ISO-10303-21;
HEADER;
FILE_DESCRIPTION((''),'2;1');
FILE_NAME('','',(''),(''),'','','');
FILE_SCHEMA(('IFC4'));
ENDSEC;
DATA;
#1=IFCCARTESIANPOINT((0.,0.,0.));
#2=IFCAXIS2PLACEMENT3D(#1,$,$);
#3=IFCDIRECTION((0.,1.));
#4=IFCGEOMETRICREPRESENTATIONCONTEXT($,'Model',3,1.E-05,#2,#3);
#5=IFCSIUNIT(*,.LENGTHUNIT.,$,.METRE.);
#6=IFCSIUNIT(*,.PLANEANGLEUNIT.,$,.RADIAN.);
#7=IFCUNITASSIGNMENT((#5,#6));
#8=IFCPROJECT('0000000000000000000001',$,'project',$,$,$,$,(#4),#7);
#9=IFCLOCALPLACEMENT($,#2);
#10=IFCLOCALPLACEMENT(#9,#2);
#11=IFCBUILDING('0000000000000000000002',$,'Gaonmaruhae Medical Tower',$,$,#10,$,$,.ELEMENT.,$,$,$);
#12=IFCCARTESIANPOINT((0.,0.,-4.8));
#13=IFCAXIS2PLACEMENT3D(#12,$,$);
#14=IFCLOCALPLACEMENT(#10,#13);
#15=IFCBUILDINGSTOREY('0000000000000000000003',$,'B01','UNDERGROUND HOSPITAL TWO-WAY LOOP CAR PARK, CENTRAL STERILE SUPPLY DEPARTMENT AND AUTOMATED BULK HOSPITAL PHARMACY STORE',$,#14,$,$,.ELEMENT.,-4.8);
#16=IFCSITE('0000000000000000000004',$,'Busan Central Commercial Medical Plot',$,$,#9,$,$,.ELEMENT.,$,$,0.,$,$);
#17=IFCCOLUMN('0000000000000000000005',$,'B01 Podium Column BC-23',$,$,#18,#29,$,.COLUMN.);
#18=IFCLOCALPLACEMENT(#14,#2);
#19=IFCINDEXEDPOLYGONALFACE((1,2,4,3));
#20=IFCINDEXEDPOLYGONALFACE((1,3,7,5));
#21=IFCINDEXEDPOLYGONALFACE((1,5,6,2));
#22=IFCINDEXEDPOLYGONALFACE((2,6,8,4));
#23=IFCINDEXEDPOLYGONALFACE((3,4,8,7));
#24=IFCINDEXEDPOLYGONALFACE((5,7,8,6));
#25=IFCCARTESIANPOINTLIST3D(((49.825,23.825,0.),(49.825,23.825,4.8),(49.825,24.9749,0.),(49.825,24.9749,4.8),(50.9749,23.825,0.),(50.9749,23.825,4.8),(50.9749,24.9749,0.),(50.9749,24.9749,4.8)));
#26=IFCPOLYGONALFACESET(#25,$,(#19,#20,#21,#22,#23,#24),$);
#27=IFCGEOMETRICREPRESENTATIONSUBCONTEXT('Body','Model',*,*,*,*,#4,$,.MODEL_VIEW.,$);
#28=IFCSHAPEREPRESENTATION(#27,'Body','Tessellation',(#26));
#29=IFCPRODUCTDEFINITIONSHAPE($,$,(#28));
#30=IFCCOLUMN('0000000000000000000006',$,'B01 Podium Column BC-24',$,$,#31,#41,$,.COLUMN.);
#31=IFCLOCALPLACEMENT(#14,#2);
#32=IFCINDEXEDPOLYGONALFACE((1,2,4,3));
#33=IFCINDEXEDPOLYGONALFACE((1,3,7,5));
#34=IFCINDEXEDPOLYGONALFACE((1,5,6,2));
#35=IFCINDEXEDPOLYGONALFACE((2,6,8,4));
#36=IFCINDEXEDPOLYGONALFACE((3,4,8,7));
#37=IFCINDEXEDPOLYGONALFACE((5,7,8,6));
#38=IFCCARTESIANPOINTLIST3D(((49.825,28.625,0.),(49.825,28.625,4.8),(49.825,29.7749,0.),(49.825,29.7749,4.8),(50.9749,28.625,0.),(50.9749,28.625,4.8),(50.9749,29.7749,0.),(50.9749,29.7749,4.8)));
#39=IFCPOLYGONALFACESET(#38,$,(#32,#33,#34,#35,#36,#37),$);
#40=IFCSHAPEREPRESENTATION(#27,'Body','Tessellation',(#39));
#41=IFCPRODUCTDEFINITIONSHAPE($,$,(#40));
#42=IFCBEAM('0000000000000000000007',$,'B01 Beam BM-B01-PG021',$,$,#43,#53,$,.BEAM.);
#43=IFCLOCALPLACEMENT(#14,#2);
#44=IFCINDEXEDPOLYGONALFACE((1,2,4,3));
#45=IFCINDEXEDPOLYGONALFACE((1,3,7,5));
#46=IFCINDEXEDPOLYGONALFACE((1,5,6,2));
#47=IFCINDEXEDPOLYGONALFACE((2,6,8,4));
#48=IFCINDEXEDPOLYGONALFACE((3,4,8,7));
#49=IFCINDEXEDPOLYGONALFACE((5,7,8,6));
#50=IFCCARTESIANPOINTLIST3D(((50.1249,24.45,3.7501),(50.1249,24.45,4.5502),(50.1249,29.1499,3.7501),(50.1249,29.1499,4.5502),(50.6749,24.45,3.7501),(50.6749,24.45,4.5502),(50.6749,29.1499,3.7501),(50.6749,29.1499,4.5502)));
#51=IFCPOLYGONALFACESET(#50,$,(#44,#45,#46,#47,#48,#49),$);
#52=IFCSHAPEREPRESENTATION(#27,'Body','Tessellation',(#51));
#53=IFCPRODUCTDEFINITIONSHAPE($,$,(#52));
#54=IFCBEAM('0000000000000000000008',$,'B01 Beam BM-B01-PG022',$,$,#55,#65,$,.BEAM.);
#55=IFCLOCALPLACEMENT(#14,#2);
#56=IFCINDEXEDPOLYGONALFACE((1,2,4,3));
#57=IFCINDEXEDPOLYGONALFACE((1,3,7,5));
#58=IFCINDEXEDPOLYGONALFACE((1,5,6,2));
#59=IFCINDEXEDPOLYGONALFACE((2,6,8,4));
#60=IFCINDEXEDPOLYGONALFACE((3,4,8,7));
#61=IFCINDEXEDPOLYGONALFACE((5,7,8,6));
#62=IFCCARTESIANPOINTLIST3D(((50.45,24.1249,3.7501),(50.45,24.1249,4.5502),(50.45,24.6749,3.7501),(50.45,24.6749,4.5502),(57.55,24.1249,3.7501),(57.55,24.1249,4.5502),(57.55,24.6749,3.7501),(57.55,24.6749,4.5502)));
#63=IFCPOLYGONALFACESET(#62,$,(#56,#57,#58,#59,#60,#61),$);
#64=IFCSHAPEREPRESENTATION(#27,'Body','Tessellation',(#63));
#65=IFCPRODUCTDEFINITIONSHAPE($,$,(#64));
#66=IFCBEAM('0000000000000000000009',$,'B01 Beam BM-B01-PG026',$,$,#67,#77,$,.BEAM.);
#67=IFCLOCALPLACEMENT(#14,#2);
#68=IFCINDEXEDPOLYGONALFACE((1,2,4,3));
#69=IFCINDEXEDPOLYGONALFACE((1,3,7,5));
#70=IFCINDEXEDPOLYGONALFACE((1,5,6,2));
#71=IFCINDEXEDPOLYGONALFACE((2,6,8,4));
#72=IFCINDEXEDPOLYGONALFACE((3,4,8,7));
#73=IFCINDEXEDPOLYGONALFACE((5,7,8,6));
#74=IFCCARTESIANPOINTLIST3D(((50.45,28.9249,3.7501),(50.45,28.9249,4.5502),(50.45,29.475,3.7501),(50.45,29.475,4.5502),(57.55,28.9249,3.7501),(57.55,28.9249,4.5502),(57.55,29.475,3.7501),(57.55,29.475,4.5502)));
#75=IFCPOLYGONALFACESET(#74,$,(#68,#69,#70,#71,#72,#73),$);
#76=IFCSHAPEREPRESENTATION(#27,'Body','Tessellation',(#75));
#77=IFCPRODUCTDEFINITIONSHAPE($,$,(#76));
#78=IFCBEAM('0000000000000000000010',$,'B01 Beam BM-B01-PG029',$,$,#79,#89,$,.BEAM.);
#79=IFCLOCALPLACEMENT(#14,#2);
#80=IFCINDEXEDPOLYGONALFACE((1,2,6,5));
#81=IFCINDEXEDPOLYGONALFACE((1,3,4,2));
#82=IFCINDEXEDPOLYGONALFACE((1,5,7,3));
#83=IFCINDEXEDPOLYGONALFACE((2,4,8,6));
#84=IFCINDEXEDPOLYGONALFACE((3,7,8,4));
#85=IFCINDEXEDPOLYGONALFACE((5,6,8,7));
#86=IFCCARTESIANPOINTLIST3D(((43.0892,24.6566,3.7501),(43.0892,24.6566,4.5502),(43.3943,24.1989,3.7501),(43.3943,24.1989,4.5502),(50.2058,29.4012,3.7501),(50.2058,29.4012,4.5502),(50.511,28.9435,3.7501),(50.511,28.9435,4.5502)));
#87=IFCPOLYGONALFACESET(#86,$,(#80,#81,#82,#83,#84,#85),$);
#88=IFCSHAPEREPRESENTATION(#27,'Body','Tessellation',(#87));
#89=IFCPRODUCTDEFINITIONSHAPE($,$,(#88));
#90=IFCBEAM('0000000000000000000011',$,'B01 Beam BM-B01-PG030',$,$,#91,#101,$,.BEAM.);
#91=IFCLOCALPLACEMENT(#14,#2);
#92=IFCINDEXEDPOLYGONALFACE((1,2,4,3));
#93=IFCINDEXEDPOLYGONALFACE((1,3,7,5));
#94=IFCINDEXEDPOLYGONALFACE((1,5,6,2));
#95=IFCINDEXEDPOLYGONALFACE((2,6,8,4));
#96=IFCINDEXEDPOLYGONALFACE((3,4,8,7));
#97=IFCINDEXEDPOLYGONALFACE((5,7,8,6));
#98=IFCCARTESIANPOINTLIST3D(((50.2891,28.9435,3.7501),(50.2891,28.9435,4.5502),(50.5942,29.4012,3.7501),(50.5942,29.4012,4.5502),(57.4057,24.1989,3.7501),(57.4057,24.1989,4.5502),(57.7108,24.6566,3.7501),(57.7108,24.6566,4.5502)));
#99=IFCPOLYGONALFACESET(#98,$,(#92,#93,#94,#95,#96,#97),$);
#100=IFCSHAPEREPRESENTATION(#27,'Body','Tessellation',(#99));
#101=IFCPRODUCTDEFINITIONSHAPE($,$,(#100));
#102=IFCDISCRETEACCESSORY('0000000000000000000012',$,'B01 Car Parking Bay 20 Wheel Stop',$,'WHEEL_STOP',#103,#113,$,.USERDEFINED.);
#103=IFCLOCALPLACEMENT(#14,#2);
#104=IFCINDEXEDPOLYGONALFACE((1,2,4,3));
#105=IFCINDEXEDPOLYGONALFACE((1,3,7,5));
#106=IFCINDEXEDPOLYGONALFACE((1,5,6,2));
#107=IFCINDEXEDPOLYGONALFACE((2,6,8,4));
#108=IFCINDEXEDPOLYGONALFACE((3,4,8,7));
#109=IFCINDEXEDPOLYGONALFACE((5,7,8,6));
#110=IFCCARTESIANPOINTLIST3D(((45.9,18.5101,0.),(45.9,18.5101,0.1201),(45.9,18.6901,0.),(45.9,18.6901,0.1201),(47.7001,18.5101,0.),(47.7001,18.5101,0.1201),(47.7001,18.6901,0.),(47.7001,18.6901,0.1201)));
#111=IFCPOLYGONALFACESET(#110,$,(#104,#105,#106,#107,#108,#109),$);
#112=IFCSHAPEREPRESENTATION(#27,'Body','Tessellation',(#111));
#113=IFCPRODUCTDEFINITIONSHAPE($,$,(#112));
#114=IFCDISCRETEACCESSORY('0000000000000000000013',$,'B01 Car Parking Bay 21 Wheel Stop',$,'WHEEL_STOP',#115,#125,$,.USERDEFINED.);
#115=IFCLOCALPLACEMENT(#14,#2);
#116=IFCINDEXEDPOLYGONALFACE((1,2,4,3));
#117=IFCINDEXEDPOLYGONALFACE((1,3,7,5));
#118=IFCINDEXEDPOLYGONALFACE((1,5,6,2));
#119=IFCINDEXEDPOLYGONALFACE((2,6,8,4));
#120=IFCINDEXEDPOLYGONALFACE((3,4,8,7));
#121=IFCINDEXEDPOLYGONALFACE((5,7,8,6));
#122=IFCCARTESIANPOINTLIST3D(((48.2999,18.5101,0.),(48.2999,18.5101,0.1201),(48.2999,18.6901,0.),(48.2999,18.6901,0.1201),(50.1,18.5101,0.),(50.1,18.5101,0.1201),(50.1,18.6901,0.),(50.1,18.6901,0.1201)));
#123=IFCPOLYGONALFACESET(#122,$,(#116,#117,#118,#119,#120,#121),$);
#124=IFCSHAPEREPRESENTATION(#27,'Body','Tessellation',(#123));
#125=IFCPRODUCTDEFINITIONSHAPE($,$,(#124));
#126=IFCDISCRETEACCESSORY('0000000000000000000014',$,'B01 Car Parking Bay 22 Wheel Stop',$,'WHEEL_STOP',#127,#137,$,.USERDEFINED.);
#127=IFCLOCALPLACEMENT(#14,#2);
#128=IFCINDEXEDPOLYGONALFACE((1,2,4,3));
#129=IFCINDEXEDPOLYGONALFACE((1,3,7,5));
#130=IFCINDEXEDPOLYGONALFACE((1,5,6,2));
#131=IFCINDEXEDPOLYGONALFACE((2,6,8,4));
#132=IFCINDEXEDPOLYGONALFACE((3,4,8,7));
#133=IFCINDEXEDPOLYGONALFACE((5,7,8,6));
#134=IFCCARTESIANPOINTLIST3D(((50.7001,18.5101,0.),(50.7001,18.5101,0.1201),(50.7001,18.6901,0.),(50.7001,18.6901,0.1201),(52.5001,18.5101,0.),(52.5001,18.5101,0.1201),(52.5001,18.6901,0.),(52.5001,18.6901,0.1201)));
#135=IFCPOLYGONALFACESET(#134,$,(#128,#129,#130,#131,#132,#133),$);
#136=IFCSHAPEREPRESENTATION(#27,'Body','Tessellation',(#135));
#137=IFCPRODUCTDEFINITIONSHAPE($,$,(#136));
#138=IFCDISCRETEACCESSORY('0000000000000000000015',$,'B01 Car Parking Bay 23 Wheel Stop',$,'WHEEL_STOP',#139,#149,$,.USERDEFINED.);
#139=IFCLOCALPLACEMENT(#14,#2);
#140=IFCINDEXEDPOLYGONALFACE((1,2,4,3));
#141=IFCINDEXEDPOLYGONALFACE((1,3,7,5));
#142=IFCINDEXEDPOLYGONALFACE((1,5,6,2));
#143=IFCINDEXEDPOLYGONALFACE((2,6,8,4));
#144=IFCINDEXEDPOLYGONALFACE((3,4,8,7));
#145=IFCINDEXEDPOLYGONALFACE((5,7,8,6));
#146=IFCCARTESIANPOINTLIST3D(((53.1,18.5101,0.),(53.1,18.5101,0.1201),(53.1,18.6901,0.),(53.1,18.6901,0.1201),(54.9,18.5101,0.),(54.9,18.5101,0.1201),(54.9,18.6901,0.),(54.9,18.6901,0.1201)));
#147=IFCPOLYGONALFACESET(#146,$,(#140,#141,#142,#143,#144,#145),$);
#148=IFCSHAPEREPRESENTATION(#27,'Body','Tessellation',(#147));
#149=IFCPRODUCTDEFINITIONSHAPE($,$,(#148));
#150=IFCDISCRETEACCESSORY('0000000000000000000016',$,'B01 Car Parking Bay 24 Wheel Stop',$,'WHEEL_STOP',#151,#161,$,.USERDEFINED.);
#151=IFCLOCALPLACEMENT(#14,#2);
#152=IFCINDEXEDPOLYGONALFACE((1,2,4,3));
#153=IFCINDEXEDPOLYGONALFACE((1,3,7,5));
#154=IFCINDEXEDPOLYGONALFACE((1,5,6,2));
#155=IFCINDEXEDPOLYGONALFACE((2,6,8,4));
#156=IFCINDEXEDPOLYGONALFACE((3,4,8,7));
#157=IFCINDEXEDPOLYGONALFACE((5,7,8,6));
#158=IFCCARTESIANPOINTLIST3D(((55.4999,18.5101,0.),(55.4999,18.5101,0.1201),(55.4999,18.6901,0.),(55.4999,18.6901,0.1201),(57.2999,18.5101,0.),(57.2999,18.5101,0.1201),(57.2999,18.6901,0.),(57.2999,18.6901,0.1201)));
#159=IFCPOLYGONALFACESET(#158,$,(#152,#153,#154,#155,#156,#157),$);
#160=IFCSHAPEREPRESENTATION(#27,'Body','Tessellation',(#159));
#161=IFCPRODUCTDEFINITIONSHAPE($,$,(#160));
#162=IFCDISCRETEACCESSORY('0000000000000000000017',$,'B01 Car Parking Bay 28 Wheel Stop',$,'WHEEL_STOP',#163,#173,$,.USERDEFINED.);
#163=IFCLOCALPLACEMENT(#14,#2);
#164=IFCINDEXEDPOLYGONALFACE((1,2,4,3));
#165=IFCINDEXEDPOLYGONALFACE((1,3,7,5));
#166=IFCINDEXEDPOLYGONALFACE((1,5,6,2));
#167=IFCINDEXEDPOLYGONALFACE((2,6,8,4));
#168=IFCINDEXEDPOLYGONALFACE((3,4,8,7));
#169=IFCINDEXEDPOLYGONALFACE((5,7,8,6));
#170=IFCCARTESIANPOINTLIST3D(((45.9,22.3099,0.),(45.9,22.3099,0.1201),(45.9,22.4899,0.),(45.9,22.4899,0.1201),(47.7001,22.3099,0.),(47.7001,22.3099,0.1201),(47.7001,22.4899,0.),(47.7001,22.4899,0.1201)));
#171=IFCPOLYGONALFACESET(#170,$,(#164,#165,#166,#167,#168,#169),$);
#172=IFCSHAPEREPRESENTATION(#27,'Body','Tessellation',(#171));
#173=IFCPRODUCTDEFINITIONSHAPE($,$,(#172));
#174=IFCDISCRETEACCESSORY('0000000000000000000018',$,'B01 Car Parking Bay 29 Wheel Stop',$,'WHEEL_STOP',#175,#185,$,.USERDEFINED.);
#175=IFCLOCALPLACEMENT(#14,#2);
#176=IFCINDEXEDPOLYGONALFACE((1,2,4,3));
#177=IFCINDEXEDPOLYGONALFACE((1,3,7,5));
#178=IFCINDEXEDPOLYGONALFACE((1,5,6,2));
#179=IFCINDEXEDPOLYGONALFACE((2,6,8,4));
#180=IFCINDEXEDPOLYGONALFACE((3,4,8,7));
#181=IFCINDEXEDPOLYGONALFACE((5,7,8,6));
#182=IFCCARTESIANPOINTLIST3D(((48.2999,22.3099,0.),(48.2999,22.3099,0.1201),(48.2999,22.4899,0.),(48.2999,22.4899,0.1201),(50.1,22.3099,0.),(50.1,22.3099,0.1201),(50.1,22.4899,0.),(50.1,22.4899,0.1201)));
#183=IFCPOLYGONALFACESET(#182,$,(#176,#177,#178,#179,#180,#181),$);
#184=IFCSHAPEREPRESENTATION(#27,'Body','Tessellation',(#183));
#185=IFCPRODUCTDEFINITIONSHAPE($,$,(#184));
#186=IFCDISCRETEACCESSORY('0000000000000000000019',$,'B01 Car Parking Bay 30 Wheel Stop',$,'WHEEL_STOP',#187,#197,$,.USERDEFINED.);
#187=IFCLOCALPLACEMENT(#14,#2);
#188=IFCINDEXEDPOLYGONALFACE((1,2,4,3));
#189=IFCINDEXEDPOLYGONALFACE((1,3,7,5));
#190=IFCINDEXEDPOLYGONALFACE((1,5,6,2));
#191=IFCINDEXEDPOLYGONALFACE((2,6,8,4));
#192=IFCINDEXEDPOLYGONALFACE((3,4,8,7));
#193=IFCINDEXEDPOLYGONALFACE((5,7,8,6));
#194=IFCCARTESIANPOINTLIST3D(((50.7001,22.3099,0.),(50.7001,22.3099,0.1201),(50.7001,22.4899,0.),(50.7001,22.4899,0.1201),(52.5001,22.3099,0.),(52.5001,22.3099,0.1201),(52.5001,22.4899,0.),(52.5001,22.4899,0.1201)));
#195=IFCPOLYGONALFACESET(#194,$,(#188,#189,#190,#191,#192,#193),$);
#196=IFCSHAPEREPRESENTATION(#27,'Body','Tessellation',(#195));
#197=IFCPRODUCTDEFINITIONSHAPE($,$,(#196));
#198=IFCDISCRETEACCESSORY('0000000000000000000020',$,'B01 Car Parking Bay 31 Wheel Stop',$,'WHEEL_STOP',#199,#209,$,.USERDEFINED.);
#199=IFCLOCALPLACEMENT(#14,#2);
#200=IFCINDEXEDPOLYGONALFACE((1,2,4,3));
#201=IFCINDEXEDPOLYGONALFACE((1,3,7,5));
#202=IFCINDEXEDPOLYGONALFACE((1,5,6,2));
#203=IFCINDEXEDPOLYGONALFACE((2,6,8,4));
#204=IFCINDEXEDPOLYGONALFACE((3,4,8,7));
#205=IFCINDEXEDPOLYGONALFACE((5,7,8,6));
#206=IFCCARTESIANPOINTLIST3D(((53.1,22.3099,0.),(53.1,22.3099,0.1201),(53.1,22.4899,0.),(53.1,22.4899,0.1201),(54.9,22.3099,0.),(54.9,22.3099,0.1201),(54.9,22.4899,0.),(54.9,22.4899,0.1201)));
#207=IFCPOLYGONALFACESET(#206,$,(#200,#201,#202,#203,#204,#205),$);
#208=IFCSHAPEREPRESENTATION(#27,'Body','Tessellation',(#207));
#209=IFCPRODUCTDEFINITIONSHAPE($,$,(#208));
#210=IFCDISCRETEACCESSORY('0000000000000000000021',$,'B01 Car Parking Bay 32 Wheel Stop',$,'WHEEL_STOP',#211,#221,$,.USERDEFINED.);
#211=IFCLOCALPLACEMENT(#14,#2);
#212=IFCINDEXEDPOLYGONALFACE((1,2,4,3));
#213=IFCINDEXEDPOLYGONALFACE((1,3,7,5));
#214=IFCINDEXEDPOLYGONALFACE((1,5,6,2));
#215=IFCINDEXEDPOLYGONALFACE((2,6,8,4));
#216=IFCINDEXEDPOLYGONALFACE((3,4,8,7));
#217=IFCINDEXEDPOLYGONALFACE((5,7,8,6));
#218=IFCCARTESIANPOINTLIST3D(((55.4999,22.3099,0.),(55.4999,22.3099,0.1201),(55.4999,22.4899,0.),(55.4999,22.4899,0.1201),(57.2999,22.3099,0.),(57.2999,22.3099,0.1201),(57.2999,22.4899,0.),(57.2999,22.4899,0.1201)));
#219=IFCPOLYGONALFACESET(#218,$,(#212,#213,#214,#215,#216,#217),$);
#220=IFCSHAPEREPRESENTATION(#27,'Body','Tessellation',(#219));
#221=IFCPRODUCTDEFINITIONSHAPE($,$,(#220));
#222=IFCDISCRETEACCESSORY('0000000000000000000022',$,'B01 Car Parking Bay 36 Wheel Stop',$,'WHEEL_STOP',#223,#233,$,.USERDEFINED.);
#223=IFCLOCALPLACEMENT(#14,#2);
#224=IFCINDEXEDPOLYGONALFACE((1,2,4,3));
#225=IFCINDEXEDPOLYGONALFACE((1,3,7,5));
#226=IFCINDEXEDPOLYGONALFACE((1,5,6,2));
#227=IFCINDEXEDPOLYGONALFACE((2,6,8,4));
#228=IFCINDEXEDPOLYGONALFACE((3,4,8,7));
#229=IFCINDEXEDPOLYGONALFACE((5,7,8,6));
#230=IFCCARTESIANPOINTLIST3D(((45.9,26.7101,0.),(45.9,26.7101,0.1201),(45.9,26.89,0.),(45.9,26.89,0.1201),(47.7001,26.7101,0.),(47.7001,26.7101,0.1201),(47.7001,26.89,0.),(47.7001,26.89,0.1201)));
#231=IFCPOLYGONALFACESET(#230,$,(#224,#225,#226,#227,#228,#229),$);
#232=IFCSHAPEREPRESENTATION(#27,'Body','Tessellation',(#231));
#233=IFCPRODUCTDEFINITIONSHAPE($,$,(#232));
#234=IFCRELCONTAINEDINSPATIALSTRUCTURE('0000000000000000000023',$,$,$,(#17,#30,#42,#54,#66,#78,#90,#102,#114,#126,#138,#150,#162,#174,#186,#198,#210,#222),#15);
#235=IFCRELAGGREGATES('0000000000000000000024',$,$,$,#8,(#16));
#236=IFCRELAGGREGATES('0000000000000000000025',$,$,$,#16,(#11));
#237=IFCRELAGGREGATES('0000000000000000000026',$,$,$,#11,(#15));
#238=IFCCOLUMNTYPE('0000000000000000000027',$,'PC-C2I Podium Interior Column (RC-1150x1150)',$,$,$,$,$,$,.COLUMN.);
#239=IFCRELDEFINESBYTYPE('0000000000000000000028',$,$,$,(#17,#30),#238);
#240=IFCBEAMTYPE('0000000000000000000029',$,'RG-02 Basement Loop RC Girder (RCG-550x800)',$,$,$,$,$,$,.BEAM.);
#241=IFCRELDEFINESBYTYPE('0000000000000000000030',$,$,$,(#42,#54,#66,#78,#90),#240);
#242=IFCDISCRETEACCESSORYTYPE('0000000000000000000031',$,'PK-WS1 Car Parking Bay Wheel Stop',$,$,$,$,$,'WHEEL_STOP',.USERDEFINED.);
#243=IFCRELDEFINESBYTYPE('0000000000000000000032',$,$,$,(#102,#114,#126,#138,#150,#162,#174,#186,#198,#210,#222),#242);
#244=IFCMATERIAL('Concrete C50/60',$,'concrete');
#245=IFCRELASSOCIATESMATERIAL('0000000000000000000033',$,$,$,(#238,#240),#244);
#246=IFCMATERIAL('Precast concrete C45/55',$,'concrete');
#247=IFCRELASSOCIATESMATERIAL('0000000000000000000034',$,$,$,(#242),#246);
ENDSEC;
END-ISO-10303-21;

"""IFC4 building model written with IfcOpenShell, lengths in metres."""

from ifc_helpers import new_model, si_unit, direction, frame, origin, origin_2d, place, context, subcontext, project, spatial, rectangle, extrude, material, material_profile, profile_set, type_object, element, save


model = new_model("IFC4")

# Units and contexts
model_context = context("Model", 3, precision=1e-05, world=origin(), true_north=direction((0.0, 1.0)))
body_context = subcontext(model_context, "Body", "Model", "MODEL_VIEW")
ifc_project = project(units=[si_unit("LENGTHUNIT", "METRE"), si_unit("PLANEANGLEUNIT", "RADIAN")], contexts=[model_context])

# Site, building, storey
site_placement = place(None, origin())
site = spatial("IfcSite", under=ifc_project, at=site_placement, Name="Busan Central Commercial Medical Plot", CompositionType="ELEMENT", RefElevation=0.0)
building_placement = place(site_placement, origin())
building = spatial("IfcBuilding", under=site, at=building_placement, Name="Gaonmaruhae Medical Tower", CompositionType="ELEMENT")
storey_placement = place(building_placement, frame((0.0, 0.0, -4.8)))
storey = spatial("IfcBuildingStorey", under=building, at=storey_placement, Name="B01", Description="UNDERGROUND HOSPITAL TWO-WAY LOOP CAR PARK, CENTRAL STERILE SUPPLY DEPARTMENT AND AUTOMATED BULK HOSPITAL PHARMACY STORE", CompositionType="ELEMENT", Elevation=-4.8)

# Columns
ifc_material_1 = material(Name="Concrete C50/60", Category="concrete")
ifc_material_profile_1 = material_profile(ifc_material_1, rectangle(XDim=1.1499, YDim=1.1499, at=origin_2d()), Name="RC-1150x1150")
ifc_profile_set_1 = profile_set([ifc_material_profile_1], Name="Concrete C50/60")
column_type = type_object("IfcColumnType", Name="PC-C2I Podium Interior Column (RC-1150x1150)", PredefinedType="COLUMN", material=ifc_profile_set_1)
for number, where, z_axis, x_axis, name in (
    (1, (50.3999, 24.3999, 0.0), (0.0, 0.0, 1.0), (1.0, 0.0, 0.0), "B01 Podium Column BC-23"),
    (2, (50.3999, 29.2, 0.0), (0.0, 0.0, 1.0), (1.0, 0.0, 0.0), "B01 Podium Column BC-24"),
):
    element("IfcColumn", number, at=place(storey_placement, frame(where, z_axis=z_axis, x_axis=x_axis)), inside=storey, type_object=column_type, Name=name, PredefinedType="COLUMN", context=body_context, shape_type="SweptSolid", body=[
        extrude(rectangle(XDim=1.1499, YDim=1.1499, at=origin_2d()), origin(), (0.0, 0.0, 1.0), 4.8),
    ])

# Beams
ifc_material_profile_2 = material_profile(ifc_material_1, rectangle(XDim=0.55, YDim=0.8, at=origin_2d()), Name="RCG-550x800")
ifc_profile_set_2 = profile_set([ifc_material_profile_2], Name="Concrete C50/60")
beam_type = type_object("IfcBeamType", Name="RG-02 Basement Loop RC Girder (RCG-550x800)", PredefinedType="BEAM", material=ifc_profile_set_2)
beam_placement = place(storey_placement, frame((50.3999, 24.45, 4.1501), z_axis=(0.0, 1.0, 0.0), x_axis=(-1.0, 0.0, 0.0)))
element("IfcBeam", 3, at=beam_placement, inside=storey, type_object=beam_type, Name="B01 Beam BM-B01-PG021", PredefinedType="BEAM", context=body_context, shape_type="SweptSolid", body=[
    extrude(rectangle(XDim=0.55, YDim=0.8, at=origin_2d()), origin(), (0.0, 0.0, 1.0), 4.7),
])
for number, where, z_axis, x_axis, name in (
    (4, (50.45, 24.3999, 4.1501), (1.0, 0.0, 0.0), (0.0, 1.0, 0.0), "B01 Beam BM-B01-PG022"),
    (5, (57.55, 29.2, 4.1501), (-1.0, 0.0, 0.0), (0.0, -1.0, 0.0), "B01 Beam BM-B01-PG026"),
):
    element("IfcBeam", number, at=place(storey_placement, frame(where, z_axis=z_axis, x_axis=x_axis)), inside=storey, type_object=beam_type, Name=name, PredefinedType="BEAM", context=body_context, shape_type="SweptSolid", body=[
        extrude(rectangle(XDim=0.55, YDim=0.8, at=origin_2d()), origin(), (0.0, 0.0, 1.0), 7.1001),
    ])
for number, where, z_axis, x_axis, name in (
    (6, (50.3584, 29.1724, 4.1501), (-0.832042, -0.554713, 0.0), (0.554713, -0.832042, 0.0), "B01 Beam BM-B01-PG029"),
    (7, (50.4417, 29.1724, 4.1501), (0.832042, -0.554713, 0.0), (0.554713, 0.832042, 0.0), "B01 Beam BM-B01-PG030"),
):
    element("IfcBeam", number, at=place(storey_placement, frame(where, z_axis=z_axis, x_axis=x_axis)), inside=storey, type_object=beam_type, Name=name, PredefinedType="BEAM", context=body_context, shape_type="SweptSolid", body=[
        extrude(rectangle(XDim=0.55, YDim=0.8, at=origin_2d()), origin(), (0.0, 0.0, 1.0), 8.5532),
    ])

# Discrete accessories
ifc_material_2 = material(Name="Precast concrete C45/55", Category="concrete")
discrete_accessory_type = type_object("IfcDiscreteAccessoryType", Name="PK-WS1 Car Parking Bay Wheel Stop", ElementType="WHEEL_STOP", PredefinedType="USERDEFINED", material=ifc_material_2)
for number, where, z_axis, x_axis, name in (
    (8, (46.8, 18.6001, 0.0), (0.0, 0.0, 1.0), (1.0, 0.0, 0.0), "B01 Car Parking Bay 20 Wheel Stop"),
    (9, (49.2, 18.6001, 0.0), (0.0, 0.0, 1.0), (1.0, 0.0, 0.0), "B01 Car Parking Bay 21 Wheel Stop"),
    (10, (51.6001, 18.6001, 0.0), (0.0, 0.0, 1.0), (1.0, 0.0, 0.0), "B01 Car Parking Bay 22 Wheel Stop"),
    (11, (54.0, 18.6001, 0.0), (0.0, 0.0, 1.0), (1.0, 0.0, 0.0), "B01 Car Parking Bay 23 Wheel Stop"),
    (12, (56.3999, 18.6001, 0.0), (0.0, 0.0, 1.0), (1.0, 0.0, 0.0), "B01 Car Parking Bay 24 Wheel Stop"),
    (13, (46.8, 22.3999, 0.0), (0.0, 0.0, 1.0), (1.0, 0.0, 0.0), "B01 Car Parking Bay 28 Wheel Stop"),
    (14, (49.2, 22.3999, 0.0), (0.0, 0.0, 1.0), (1.0, 0.0, 0.0), "B01 Car Parking Bay 29 Wheel Stop"),
    (15, (51.6001, 22.3999, 0.0), (0.0, 0.0, 1.0), (1.0, 0.0, 0.0), "B01 Car Parking Bay 30 Wheel Stop"),
    (16, (54.0, 22.3999, 0.0), (0.0, 0.0, 1.0), (1.0, 0.0, 0.0), "B01 Car Parking Bay 31 Wheel Stop"),
    (17, (56.3999, 22.3999, 0.0), (0.0, 0.0, 1.0), (1.0, 0.0, 0.0), "B01 Car Parking Bay 32 Wheel Stop"),
    (18, (46.8, 26.8, 0.0), (0.0, 0.0, 1.0), (1.0, 0.0, 0.0), "B01 Car Parking Bay 36 Wheel Stop"),
):
    element("IfcDiscreteAccessory", number, at=place(storey_placement, frame(where, z_axis=z_axis, x_axis=x_axis)), inside=storey, type_object=discrete_accessory_type, Name=name, ObjectType="WHEEL_STOP", PredefinedType="USERDEFINED", context=body_context, shape_type="SweptSolid", body=[
        extrude(rectangle(XDim=1.8, YDim=0.1799, at=origin_2d()), origin(), (0.0, 0.0, 1.0), 0.1201),
    ])

save(model, "model.ifc")
